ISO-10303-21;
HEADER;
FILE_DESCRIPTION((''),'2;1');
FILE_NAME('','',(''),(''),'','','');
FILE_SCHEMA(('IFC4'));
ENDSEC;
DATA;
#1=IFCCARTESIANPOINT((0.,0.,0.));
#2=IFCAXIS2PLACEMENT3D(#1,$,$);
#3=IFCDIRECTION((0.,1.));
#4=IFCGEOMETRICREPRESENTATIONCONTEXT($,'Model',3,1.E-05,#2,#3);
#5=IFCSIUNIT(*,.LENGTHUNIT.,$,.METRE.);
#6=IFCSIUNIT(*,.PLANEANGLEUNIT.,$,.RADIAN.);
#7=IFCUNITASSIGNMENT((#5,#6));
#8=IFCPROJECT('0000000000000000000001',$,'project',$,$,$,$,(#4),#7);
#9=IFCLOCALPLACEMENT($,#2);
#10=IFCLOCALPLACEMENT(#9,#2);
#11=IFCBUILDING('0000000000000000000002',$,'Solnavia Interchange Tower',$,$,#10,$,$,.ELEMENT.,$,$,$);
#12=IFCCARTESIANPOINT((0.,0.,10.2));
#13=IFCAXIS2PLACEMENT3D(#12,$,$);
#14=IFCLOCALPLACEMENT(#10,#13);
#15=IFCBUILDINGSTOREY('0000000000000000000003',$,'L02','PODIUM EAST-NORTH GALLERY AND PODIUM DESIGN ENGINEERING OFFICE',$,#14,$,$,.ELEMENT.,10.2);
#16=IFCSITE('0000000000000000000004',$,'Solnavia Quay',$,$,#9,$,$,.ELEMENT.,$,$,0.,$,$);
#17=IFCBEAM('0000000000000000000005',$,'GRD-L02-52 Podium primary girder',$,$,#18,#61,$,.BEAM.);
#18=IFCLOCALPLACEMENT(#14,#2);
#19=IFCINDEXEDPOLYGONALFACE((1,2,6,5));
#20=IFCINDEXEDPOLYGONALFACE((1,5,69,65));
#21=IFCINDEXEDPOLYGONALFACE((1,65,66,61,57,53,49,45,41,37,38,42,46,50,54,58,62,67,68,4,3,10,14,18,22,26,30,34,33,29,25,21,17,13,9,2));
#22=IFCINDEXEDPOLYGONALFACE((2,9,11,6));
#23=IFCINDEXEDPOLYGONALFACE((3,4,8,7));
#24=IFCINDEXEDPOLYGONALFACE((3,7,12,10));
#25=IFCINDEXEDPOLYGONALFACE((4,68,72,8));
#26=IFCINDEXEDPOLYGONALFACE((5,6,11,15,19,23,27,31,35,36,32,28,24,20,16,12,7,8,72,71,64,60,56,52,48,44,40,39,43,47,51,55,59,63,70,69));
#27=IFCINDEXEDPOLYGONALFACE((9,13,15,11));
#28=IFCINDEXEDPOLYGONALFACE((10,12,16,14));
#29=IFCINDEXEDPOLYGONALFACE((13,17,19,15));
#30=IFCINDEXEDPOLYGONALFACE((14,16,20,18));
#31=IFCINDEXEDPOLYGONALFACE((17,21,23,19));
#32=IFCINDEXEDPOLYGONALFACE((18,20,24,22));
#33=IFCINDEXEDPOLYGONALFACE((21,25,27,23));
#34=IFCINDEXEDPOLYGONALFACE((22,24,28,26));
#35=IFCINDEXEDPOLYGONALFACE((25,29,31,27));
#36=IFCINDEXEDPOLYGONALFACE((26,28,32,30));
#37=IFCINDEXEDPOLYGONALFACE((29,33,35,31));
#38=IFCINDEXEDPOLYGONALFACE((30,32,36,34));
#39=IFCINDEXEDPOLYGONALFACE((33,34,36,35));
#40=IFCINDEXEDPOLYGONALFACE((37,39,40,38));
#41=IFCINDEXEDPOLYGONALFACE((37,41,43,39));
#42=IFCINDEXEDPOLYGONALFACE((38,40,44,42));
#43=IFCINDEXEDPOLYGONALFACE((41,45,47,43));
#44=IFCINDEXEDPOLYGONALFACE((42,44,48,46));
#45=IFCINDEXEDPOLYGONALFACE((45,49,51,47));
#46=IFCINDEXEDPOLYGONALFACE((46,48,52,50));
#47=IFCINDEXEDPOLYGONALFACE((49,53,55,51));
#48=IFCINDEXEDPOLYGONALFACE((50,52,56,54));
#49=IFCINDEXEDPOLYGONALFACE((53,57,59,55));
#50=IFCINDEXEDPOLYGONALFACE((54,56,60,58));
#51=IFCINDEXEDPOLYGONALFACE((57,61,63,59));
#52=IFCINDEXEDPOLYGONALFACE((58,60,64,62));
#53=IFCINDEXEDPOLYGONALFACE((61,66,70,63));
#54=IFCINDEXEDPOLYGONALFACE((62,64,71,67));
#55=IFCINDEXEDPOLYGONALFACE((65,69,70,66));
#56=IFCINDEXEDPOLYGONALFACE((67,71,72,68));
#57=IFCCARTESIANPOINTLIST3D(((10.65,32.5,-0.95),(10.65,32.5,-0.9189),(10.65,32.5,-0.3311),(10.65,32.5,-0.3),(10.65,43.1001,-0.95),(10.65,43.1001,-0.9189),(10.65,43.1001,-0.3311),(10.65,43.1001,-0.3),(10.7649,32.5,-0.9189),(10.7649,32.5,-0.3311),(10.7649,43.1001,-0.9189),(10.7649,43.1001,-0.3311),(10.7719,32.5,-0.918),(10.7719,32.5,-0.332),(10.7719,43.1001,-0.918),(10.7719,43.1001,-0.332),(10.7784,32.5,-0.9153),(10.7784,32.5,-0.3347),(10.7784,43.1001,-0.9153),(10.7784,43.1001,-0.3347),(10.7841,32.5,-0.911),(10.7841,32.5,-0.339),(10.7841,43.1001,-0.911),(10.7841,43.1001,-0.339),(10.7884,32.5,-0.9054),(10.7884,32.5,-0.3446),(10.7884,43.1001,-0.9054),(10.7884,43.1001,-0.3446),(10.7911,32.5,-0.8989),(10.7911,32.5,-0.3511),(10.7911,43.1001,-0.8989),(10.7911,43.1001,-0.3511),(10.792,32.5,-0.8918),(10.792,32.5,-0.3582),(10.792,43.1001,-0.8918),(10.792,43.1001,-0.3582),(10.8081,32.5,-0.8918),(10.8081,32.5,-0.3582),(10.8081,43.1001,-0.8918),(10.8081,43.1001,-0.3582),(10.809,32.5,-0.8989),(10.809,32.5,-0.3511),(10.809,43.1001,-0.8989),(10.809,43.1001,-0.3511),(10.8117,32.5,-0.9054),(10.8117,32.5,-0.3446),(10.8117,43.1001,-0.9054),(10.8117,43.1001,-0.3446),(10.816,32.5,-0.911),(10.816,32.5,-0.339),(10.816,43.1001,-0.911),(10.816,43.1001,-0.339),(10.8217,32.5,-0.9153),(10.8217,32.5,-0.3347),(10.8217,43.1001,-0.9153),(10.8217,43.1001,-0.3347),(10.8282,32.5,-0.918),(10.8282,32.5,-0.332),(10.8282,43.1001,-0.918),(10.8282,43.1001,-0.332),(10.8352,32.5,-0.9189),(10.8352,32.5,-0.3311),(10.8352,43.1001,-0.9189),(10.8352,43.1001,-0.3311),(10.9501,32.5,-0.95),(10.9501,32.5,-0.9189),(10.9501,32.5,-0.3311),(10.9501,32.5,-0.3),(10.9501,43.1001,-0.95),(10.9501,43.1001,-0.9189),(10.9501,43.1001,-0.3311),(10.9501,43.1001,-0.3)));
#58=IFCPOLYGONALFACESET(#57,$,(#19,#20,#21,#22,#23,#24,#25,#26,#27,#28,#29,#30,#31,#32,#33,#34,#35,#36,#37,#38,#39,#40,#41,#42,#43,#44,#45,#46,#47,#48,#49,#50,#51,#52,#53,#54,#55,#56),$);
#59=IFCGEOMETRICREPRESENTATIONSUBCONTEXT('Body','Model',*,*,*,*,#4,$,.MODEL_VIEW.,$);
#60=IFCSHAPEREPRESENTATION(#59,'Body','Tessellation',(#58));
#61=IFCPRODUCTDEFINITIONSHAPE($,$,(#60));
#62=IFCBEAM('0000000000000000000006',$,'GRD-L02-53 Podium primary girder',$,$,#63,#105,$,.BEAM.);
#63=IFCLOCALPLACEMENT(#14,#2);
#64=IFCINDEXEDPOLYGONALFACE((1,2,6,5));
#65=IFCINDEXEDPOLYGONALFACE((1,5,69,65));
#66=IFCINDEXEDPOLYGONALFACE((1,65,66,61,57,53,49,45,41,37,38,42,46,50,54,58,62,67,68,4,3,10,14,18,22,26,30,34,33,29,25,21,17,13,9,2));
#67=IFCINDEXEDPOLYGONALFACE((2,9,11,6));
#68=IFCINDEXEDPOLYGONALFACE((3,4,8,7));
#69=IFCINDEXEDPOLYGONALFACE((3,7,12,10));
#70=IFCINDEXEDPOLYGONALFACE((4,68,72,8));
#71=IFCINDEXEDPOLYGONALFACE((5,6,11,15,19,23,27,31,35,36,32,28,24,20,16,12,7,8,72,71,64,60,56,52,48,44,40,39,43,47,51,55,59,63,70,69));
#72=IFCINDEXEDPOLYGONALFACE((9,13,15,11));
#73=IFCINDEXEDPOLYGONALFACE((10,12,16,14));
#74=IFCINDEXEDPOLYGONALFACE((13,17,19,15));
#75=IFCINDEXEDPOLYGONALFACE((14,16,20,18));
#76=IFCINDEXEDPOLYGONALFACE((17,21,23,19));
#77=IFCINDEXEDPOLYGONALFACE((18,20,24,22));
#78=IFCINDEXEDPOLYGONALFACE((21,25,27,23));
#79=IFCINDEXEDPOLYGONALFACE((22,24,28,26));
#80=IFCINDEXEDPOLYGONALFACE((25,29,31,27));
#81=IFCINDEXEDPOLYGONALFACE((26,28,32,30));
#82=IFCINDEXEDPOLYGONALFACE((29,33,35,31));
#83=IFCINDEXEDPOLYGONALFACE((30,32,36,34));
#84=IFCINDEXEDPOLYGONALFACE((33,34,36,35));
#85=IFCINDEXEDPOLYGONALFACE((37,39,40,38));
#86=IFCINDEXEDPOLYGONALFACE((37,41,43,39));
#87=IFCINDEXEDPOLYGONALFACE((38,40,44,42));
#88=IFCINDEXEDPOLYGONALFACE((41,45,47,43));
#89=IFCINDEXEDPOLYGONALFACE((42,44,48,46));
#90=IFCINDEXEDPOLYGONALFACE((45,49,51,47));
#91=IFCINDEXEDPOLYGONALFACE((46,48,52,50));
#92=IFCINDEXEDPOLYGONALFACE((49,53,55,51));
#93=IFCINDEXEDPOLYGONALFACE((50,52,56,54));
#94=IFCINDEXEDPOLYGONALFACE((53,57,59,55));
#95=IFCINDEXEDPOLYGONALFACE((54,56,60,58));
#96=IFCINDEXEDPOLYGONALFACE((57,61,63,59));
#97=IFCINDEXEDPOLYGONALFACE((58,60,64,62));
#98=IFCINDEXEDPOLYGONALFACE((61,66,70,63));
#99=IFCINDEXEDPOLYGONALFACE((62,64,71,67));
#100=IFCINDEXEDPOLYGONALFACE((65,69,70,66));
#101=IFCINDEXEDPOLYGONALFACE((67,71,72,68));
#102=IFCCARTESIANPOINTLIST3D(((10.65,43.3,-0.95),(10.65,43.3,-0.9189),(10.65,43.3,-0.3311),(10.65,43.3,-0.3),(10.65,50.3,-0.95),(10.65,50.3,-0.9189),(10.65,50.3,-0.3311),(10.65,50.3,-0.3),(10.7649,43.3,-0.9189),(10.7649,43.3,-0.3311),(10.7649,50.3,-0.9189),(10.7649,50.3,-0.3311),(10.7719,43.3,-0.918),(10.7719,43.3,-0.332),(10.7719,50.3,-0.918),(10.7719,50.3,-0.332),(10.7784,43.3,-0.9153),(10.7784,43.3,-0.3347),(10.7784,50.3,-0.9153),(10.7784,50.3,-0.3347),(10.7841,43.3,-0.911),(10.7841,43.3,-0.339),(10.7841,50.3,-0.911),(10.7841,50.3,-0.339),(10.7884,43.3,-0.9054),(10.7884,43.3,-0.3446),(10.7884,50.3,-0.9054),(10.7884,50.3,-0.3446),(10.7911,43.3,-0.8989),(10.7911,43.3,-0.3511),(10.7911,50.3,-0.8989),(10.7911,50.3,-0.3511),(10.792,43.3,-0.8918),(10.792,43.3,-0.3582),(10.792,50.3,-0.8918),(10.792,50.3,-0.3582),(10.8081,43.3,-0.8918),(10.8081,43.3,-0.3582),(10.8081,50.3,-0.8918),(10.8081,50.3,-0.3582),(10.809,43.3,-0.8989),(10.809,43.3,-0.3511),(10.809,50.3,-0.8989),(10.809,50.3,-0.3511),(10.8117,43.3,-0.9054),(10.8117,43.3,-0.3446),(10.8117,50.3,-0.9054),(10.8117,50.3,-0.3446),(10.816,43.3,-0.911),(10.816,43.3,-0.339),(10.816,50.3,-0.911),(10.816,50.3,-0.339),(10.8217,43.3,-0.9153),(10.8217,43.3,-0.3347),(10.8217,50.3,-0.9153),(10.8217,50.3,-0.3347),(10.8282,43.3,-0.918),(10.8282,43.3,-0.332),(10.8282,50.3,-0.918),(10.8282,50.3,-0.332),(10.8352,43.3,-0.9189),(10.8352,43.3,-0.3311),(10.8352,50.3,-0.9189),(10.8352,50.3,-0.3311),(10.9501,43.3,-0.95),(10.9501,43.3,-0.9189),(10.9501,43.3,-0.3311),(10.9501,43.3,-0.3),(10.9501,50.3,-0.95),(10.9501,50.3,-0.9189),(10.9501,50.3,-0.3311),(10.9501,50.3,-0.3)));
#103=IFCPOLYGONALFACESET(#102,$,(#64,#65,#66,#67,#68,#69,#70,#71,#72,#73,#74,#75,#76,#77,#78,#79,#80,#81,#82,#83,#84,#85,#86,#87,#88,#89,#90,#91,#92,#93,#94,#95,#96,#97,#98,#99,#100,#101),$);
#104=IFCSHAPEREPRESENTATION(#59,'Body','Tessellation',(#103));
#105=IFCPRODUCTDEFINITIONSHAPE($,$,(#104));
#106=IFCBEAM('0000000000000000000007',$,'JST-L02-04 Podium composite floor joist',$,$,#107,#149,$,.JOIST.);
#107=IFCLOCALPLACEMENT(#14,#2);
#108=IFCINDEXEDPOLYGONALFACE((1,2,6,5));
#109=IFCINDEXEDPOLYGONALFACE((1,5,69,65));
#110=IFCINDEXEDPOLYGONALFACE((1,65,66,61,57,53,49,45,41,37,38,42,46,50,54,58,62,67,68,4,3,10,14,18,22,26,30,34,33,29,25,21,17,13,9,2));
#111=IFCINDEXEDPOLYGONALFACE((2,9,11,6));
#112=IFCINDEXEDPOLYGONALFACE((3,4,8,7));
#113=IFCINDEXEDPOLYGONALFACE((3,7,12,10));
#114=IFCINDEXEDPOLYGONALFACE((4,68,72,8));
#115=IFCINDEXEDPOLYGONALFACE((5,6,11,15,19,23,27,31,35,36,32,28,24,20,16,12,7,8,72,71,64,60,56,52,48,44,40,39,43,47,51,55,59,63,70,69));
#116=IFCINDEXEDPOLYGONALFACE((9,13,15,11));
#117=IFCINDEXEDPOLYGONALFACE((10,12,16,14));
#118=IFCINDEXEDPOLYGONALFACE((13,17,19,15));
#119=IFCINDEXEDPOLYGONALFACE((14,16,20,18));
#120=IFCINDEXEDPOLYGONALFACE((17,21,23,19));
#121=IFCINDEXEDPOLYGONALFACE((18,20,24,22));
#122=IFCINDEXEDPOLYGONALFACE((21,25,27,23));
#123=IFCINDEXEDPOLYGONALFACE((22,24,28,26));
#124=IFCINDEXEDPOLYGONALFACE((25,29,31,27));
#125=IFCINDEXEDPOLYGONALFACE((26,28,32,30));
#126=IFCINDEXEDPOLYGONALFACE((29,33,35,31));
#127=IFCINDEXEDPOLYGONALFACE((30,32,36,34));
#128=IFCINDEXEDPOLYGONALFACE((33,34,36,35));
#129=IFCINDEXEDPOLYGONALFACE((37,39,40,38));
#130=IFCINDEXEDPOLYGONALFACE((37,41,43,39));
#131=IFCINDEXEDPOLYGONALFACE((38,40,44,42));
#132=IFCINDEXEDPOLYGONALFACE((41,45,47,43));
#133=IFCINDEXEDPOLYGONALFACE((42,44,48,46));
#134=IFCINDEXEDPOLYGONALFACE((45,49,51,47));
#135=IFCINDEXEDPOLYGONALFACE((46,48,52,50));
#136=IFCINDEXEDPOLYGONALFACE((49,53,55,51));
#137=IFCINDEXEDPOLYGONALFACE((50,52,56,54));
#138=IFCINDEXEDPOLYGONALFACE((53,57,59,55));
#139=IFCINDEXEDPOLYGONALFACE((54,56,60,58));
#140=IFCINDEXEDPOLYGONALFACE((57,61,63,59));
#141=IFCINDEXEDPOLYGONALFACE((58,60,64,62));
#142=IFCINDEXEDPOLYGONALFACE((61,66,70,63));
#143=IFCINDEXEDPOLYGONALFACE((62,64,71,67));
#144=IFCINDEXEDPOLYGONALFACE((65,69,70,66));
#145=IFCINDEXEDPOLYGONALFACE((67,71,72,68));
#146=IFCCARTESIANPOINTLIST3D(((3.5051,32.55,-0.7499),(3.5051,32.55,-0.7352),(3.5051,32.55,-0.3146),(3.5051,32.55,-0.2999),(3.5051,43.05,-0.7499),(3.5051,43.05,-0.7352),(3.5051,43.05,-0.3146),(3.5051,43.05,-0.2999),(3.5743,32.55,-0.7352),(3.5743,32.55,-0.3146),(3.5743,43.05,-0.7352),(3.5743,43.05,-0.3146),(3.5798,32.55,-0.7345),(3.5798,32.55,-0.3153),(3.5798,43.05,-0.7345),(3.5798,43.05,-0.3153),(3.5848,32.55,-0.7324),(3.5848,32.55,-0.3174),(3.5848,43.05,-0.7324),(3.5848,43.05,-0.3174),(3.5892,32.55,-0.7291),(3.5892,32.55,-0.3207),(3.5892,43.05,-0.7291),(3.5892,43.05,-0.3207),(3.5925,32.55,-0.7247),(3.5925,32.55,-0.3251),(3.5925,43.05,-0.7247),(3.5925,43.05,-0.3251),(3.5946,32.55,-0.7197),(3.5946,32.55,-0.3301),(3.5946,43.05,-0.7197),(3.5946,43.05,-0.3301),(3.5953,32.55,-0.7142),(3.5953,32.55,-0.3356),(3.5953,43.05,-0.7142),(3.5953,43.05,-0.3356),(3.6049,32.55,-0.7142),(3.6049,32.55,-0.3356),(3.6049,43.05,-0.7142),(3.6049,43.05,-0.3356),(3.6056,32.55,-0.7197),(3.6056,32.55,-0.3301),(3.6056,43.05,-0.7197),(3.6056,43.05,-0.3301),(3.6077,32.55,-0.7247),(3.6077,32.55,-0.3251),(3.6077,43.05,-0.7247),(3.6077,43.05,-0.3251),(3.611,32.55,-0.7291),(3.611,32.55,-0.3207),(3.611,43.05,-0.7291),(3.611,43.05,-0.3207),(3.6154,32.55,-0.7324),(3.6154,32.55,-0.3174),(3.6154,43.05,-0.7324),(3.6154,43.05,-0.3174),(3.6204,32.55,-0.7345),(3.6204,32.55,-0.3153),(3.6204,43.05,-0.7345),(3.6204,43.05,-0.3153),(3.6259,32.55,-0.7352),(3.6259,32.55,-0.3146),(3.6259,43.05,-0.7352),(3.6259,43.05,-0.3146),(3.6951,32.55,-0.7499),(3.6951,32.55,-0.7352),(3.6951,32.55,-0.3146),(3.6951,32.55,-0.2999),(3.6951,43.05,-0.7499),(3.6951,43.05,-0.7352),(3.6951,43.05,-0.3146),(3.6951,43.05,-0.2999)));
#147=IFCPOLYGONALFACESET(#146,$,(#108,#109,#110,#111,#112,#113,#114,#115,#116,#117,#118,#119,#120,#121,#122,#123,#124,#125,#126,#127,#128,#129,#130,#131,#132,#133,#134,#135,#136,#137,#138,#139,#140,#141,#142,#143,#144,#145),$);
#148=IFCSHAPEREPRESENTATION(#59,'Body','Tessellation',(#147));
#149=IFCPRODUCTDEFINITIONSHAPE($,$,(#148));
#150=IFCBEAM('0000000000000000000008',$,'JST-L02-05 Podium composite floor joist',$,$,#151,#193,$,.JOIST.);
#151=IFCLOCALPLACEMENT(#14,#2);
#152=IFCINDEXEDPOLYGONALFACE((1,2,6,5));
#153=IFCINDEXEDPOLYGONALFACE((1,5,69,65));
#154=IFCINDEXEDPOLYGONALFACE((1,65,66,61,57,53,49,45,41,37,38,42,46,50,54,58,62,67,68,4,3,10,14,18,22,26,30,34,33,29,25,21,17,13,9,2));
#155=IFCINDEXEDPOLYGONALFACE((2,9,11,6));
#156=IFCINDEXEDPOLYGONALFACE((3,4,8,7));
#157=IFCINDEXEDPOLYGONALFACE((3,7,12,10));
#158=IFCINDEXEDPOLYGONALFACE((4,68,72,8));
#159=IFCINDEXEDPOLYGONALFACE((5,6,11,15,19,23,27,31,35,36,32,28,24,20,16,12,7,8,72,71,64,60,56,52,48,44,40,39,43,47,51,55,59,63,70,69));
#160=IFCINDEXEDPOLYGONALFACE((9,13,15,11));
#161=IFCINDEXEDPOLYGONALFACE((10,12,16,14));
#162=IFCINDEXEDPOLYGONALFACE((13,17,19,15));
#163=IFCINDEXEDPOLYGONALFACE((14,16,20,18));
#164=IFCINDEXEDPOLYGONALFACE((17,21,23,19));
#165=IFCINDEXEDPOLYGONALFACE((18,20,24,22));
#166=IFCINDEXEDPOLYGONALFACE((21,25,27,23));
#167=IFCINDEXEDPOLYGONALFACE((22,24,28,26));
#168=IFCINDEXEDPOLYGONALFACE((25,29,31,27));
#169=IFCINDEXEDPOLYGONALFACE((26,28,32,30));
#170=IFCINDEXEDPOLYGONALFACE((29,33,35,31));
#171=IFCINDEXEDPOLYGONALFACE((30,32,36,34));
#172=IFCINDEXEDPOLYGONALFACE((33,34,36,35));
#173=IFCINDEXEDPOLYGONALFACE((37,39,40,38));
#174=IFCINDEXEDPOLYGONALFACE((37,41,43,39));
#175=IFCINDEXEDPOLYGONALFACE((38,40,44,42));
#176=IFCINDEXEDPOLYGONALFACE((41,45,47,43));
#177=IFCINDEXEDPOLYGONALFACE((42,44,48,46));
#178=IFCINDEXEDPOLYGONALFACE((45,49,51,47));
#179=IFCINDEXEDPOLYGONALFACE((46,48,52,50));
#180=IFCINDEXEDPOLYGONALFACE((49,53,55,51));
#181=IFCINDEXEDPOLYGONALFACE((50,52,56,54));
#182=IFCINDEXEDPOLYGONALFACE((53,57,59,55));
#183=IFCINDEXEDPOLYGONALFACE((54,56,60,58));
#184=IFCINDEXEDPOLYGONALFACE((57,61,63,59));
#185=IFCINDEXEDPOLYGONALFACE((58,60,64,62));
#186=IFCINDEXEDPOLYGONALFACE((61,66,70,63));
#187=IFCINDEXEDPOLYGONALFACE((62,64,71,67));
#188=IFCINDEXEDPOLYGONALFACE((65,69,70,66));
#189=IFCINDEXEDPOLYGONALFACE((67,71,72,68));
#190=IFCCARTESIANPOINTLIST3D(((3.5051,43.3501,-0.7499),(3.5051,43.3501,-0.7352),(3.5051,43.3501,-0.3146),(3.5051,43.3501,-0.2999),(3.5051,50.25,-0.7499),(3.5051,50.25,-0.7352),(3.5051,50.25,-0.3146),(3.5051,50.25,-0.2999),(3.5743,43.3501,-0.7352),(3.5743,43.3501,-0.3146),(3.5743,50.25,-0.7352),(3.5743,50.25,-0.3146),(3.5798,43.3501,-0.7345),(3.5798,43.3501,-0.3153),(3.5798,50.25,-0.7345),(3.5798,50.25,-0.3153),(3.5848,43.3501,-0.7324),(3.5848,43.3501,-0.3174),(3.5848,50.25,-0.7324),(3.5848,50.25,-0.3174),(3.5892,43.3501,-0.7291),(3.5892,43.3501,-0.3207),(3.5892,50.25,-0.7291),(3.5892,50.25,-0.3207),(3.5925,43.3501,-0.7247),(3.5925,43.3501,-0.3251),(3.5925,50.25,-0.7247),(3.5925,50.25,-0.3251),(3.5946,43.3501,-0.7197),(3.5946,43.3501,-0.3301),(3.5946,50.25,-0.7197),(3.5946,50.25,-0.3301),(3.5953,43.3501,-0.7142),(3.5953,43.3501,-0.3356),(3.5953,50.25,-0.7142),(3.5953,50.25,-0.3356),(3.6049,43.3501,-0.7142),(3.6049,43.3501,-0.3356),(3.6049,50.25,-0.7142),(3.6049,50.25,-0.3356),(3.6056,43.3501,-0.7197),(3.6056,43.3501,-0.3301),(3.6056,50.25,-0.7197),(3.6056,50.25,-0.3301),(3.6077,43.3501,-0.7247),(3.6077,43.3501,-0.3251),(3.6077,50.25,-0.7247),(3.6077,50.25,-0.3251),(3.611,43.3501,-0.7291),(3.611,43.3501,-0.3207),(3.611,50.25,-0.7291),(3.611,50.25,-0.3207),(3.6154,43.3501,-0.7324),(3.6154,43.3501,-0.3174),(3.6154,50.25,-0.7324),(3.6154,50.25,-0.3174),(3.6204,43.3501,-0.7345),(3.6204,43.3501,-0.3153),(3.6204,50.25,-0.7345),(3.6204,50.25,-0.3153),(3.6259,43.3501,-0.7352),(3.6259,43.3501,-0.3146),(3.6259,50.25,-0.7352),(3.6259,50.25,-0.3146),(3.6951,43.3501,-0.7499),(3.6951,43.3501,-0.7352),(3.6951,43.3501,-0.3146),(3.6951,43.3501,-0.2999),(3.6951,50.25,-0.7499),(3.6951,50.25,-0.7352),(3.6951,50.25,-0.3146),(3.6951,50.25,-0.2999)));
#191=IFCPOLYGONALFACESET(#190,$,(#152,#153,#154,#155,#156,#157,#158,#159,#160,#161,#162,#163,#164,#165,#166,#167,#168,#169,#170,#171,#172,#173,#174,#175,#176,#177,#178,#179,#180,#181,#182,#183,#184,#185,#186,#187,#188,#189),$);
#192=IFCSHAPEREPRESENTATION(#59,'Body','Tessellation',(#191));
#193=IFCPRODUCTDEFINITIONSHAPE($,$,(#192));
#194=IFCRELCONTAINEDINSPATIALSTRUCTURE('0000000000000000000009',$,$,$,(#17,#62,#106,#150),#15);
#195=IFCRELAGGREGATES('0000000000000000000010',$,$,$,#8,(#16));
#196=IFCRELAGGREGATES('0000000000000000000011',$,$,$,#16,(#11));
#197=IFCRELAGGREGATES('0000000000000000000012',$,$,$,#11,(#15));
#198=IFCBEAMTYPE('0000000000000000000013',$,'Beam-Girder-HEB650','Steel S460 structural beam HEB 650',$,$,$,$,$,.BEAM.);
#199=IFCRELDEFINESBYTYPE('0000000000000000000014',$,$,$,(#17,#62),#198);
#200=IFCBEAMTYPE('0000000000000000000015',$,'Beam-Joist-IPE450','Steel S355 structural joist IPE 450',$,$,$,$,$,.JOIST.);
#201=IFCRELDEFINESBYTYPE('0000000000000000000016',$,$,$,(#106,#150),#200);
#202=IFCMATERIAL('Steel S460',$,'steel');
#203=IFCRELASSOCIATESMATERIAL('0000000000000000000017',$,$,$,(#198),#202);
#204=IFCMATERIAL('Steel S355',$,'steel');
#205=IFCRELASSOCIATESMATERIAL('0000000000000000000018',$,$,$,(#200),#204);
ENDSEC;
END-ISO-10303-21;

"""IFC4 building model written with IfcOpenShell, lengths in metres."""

from ifc_helpers import new_model, si_unit, direction, frame, origin, origin_2d, place, context, subcontext, project, spatial, i_section, extrude, material, material_profile, profile_set, type_object, element, save


model = new_model("IFC4")

# Units and contexts
model_context = context("Model", 3, precision=1e-05, world=origin(), true_north=direction((0.0, 1.0)))
body_context = subcontext(model_context, "Body", "Model", "MODEL_VIEW")
ifc_project = project(units=[si_unit("LENGTHUNIT", "METRE"), si_unit("PLANEANGLEUNIT", "RADIAN")], contexts=[model_context])

# Site, building, storey
site_placement = place(None, origin())
site = spatial("IfcSite", under=ifc_project, at=site_placement, Name="Solnavia Quay", CompositionType="ELEMENT", RefElevation=0.0)
building_placement = place(site_placement, origin())
building = spatial("IfcBuilding", under=site, at=building_placement, Name="Solnavia Interchange Tower", CompositionType="ELEMENT")
storey_placement = place(building_placement, frame((0.0, 0.0, 10.2)))
storey = spatial("IfcBuildingStorey", under=building, at=storey_placement, Name="L02", Description="PODIUM EAST-NORTH GALLERY AND PODIUM DESIGN ENGINEERING OFFICE", CompositionType="ELEMENT", Elevation=10.2)

# Beams
ifc_material_1 = material(Name="Steel S460", Category="steel")
ifc_material_profile_1 = material_profile(ifc_material_1, i_section(OverallWidth=0.3, OverallDepth=0.6499, WebThickness=0.0161, FlangeThickness=0.031, FilletRadius=0.0271, at=origin_2d()), Name="HEB 650")
ifc_profile_set_1 = profile_set([ifc_material_profile_1], Name="Steel S460")
beam_type_1 = type_object("IfcBeamType", Name="Beam-Girder-HEB650", Description="Steel S460 structural beam HEB 650", PredefinedType="BEAM", material=ifc_profile_set_1)
beam_1_placement = place(storey_placement, frame((10.8, 32.5, -0.625), z_axis=(0.0, 1.0, 0.0), x_axis=(-1.0, 0.0, 0.0)))
element("IfcBeam", 1, at=beam_1_placement, inside=storey, type_object=beam_type_1, Name="GRD-L02-52 Podium primary girder", PredefinedType="BEAM", context=body_context, shape_type="SweptSolid", body=[
    extrude(i_section(OverallWidth=0.3, OverallDepth=0.6499, WebThickness=0.0161, FlangeThickness=0.031, FilletRadius=0.0271, at=origin_2d()), origin(), (0.0, 0.0, 1.0), 10.6001),
])
beam_2_placement = place(storey_placement, frame((10.8, 43.3, -0.625), z_axis=(0.0, 1.0, 0.0), x_axis=(-1.0, 0.0, 0.0)))
element("IfcBeam", 2, at=beam_2_placement, inside=storey, type_object=beam_type_1, Name="GRD-L02-53 Podium primary girder", PredefinedType="BEAM", context=body_context, shape_type="SweptSolid", body=[
    extrude(i_section(OverallWidth=0.3, OverallDepth=0.6499, WebThickness=0.0161, FlangeThickness=0.031, FilletRadius=0.0271, at=origin_2d()), origin(), (0.0, 0.0, 1.0), 7.0),
])
ifc_material_2 = material(Name="Steel S355", Category="steel")
ifc_material_profile_2 = material_profile(ifc_material_2, i_section(OverallWidth=0.1899, OverallDepth=0.45, WebThickness=0.0095, FlangeThickness=0.0146, FilletRadius=0.021, at=origin_2d()), Name="IPE 450")
ifc_profile_set_2 = profile_set([ifc_material_profile_2], Name="Steel S355")
beam_type_2 = type_object("IfcBeamType", Name="Beam-Joist-IPE450", Description="Steel S355 structural joist IPE 450", PredefinedType="JOIST", material=ifc_profile_set_2)
beam_3_placement = place(storey_placement, frame((3.6001, 32.55, -0.5249), z_axis=(0.0, 1.0, 0.0), x_axis=(-1.0, 0.0, 0.0)))
element("IfcBeam", 3, at=beam_3_placement, inside=storey, type_object=beam_type_2, Name="JST-L02-04 Podium composite floor joist", PredefinedType="JOIST", context=body_context, shape_type="SweptSolid", body=[
    extrude(i_section(OverallWidth=0.1899, OverallDepth=0.45, WebThickness=0.0095, FlangeThickness=0.0146, FilletRadius=0.021, at=origin_2d()), origin(), (0.0, 0.0, 1.0), 10.5),
])
beam_4_placement = place(storey_placement, frame((3.6001, 43.3501, -0.5249), z_axis=(0.0, 1.0, 0.0), x_axis=(-1.0, 0.0, 0.0)))
element("IfcBeam", 4, at=beam_4_placement, inside=storey, type_object=beam_type_2, Name="JST-L02-05 Podium composite floor joist", PredefinedType="JOIST", context=body_context, shape_type="SweptSolid", body=[
    extrude(i_section(OverallWidth=0.1899, OverallDepth=0.45, WebThickness=0.0095, FlangeThickness=0.0146, FilletRadius=0.021, at=origin_2d()), origin(), (0.0, 0.0, 1.0), 6.8999),
])

save(model, "model.ifc")
